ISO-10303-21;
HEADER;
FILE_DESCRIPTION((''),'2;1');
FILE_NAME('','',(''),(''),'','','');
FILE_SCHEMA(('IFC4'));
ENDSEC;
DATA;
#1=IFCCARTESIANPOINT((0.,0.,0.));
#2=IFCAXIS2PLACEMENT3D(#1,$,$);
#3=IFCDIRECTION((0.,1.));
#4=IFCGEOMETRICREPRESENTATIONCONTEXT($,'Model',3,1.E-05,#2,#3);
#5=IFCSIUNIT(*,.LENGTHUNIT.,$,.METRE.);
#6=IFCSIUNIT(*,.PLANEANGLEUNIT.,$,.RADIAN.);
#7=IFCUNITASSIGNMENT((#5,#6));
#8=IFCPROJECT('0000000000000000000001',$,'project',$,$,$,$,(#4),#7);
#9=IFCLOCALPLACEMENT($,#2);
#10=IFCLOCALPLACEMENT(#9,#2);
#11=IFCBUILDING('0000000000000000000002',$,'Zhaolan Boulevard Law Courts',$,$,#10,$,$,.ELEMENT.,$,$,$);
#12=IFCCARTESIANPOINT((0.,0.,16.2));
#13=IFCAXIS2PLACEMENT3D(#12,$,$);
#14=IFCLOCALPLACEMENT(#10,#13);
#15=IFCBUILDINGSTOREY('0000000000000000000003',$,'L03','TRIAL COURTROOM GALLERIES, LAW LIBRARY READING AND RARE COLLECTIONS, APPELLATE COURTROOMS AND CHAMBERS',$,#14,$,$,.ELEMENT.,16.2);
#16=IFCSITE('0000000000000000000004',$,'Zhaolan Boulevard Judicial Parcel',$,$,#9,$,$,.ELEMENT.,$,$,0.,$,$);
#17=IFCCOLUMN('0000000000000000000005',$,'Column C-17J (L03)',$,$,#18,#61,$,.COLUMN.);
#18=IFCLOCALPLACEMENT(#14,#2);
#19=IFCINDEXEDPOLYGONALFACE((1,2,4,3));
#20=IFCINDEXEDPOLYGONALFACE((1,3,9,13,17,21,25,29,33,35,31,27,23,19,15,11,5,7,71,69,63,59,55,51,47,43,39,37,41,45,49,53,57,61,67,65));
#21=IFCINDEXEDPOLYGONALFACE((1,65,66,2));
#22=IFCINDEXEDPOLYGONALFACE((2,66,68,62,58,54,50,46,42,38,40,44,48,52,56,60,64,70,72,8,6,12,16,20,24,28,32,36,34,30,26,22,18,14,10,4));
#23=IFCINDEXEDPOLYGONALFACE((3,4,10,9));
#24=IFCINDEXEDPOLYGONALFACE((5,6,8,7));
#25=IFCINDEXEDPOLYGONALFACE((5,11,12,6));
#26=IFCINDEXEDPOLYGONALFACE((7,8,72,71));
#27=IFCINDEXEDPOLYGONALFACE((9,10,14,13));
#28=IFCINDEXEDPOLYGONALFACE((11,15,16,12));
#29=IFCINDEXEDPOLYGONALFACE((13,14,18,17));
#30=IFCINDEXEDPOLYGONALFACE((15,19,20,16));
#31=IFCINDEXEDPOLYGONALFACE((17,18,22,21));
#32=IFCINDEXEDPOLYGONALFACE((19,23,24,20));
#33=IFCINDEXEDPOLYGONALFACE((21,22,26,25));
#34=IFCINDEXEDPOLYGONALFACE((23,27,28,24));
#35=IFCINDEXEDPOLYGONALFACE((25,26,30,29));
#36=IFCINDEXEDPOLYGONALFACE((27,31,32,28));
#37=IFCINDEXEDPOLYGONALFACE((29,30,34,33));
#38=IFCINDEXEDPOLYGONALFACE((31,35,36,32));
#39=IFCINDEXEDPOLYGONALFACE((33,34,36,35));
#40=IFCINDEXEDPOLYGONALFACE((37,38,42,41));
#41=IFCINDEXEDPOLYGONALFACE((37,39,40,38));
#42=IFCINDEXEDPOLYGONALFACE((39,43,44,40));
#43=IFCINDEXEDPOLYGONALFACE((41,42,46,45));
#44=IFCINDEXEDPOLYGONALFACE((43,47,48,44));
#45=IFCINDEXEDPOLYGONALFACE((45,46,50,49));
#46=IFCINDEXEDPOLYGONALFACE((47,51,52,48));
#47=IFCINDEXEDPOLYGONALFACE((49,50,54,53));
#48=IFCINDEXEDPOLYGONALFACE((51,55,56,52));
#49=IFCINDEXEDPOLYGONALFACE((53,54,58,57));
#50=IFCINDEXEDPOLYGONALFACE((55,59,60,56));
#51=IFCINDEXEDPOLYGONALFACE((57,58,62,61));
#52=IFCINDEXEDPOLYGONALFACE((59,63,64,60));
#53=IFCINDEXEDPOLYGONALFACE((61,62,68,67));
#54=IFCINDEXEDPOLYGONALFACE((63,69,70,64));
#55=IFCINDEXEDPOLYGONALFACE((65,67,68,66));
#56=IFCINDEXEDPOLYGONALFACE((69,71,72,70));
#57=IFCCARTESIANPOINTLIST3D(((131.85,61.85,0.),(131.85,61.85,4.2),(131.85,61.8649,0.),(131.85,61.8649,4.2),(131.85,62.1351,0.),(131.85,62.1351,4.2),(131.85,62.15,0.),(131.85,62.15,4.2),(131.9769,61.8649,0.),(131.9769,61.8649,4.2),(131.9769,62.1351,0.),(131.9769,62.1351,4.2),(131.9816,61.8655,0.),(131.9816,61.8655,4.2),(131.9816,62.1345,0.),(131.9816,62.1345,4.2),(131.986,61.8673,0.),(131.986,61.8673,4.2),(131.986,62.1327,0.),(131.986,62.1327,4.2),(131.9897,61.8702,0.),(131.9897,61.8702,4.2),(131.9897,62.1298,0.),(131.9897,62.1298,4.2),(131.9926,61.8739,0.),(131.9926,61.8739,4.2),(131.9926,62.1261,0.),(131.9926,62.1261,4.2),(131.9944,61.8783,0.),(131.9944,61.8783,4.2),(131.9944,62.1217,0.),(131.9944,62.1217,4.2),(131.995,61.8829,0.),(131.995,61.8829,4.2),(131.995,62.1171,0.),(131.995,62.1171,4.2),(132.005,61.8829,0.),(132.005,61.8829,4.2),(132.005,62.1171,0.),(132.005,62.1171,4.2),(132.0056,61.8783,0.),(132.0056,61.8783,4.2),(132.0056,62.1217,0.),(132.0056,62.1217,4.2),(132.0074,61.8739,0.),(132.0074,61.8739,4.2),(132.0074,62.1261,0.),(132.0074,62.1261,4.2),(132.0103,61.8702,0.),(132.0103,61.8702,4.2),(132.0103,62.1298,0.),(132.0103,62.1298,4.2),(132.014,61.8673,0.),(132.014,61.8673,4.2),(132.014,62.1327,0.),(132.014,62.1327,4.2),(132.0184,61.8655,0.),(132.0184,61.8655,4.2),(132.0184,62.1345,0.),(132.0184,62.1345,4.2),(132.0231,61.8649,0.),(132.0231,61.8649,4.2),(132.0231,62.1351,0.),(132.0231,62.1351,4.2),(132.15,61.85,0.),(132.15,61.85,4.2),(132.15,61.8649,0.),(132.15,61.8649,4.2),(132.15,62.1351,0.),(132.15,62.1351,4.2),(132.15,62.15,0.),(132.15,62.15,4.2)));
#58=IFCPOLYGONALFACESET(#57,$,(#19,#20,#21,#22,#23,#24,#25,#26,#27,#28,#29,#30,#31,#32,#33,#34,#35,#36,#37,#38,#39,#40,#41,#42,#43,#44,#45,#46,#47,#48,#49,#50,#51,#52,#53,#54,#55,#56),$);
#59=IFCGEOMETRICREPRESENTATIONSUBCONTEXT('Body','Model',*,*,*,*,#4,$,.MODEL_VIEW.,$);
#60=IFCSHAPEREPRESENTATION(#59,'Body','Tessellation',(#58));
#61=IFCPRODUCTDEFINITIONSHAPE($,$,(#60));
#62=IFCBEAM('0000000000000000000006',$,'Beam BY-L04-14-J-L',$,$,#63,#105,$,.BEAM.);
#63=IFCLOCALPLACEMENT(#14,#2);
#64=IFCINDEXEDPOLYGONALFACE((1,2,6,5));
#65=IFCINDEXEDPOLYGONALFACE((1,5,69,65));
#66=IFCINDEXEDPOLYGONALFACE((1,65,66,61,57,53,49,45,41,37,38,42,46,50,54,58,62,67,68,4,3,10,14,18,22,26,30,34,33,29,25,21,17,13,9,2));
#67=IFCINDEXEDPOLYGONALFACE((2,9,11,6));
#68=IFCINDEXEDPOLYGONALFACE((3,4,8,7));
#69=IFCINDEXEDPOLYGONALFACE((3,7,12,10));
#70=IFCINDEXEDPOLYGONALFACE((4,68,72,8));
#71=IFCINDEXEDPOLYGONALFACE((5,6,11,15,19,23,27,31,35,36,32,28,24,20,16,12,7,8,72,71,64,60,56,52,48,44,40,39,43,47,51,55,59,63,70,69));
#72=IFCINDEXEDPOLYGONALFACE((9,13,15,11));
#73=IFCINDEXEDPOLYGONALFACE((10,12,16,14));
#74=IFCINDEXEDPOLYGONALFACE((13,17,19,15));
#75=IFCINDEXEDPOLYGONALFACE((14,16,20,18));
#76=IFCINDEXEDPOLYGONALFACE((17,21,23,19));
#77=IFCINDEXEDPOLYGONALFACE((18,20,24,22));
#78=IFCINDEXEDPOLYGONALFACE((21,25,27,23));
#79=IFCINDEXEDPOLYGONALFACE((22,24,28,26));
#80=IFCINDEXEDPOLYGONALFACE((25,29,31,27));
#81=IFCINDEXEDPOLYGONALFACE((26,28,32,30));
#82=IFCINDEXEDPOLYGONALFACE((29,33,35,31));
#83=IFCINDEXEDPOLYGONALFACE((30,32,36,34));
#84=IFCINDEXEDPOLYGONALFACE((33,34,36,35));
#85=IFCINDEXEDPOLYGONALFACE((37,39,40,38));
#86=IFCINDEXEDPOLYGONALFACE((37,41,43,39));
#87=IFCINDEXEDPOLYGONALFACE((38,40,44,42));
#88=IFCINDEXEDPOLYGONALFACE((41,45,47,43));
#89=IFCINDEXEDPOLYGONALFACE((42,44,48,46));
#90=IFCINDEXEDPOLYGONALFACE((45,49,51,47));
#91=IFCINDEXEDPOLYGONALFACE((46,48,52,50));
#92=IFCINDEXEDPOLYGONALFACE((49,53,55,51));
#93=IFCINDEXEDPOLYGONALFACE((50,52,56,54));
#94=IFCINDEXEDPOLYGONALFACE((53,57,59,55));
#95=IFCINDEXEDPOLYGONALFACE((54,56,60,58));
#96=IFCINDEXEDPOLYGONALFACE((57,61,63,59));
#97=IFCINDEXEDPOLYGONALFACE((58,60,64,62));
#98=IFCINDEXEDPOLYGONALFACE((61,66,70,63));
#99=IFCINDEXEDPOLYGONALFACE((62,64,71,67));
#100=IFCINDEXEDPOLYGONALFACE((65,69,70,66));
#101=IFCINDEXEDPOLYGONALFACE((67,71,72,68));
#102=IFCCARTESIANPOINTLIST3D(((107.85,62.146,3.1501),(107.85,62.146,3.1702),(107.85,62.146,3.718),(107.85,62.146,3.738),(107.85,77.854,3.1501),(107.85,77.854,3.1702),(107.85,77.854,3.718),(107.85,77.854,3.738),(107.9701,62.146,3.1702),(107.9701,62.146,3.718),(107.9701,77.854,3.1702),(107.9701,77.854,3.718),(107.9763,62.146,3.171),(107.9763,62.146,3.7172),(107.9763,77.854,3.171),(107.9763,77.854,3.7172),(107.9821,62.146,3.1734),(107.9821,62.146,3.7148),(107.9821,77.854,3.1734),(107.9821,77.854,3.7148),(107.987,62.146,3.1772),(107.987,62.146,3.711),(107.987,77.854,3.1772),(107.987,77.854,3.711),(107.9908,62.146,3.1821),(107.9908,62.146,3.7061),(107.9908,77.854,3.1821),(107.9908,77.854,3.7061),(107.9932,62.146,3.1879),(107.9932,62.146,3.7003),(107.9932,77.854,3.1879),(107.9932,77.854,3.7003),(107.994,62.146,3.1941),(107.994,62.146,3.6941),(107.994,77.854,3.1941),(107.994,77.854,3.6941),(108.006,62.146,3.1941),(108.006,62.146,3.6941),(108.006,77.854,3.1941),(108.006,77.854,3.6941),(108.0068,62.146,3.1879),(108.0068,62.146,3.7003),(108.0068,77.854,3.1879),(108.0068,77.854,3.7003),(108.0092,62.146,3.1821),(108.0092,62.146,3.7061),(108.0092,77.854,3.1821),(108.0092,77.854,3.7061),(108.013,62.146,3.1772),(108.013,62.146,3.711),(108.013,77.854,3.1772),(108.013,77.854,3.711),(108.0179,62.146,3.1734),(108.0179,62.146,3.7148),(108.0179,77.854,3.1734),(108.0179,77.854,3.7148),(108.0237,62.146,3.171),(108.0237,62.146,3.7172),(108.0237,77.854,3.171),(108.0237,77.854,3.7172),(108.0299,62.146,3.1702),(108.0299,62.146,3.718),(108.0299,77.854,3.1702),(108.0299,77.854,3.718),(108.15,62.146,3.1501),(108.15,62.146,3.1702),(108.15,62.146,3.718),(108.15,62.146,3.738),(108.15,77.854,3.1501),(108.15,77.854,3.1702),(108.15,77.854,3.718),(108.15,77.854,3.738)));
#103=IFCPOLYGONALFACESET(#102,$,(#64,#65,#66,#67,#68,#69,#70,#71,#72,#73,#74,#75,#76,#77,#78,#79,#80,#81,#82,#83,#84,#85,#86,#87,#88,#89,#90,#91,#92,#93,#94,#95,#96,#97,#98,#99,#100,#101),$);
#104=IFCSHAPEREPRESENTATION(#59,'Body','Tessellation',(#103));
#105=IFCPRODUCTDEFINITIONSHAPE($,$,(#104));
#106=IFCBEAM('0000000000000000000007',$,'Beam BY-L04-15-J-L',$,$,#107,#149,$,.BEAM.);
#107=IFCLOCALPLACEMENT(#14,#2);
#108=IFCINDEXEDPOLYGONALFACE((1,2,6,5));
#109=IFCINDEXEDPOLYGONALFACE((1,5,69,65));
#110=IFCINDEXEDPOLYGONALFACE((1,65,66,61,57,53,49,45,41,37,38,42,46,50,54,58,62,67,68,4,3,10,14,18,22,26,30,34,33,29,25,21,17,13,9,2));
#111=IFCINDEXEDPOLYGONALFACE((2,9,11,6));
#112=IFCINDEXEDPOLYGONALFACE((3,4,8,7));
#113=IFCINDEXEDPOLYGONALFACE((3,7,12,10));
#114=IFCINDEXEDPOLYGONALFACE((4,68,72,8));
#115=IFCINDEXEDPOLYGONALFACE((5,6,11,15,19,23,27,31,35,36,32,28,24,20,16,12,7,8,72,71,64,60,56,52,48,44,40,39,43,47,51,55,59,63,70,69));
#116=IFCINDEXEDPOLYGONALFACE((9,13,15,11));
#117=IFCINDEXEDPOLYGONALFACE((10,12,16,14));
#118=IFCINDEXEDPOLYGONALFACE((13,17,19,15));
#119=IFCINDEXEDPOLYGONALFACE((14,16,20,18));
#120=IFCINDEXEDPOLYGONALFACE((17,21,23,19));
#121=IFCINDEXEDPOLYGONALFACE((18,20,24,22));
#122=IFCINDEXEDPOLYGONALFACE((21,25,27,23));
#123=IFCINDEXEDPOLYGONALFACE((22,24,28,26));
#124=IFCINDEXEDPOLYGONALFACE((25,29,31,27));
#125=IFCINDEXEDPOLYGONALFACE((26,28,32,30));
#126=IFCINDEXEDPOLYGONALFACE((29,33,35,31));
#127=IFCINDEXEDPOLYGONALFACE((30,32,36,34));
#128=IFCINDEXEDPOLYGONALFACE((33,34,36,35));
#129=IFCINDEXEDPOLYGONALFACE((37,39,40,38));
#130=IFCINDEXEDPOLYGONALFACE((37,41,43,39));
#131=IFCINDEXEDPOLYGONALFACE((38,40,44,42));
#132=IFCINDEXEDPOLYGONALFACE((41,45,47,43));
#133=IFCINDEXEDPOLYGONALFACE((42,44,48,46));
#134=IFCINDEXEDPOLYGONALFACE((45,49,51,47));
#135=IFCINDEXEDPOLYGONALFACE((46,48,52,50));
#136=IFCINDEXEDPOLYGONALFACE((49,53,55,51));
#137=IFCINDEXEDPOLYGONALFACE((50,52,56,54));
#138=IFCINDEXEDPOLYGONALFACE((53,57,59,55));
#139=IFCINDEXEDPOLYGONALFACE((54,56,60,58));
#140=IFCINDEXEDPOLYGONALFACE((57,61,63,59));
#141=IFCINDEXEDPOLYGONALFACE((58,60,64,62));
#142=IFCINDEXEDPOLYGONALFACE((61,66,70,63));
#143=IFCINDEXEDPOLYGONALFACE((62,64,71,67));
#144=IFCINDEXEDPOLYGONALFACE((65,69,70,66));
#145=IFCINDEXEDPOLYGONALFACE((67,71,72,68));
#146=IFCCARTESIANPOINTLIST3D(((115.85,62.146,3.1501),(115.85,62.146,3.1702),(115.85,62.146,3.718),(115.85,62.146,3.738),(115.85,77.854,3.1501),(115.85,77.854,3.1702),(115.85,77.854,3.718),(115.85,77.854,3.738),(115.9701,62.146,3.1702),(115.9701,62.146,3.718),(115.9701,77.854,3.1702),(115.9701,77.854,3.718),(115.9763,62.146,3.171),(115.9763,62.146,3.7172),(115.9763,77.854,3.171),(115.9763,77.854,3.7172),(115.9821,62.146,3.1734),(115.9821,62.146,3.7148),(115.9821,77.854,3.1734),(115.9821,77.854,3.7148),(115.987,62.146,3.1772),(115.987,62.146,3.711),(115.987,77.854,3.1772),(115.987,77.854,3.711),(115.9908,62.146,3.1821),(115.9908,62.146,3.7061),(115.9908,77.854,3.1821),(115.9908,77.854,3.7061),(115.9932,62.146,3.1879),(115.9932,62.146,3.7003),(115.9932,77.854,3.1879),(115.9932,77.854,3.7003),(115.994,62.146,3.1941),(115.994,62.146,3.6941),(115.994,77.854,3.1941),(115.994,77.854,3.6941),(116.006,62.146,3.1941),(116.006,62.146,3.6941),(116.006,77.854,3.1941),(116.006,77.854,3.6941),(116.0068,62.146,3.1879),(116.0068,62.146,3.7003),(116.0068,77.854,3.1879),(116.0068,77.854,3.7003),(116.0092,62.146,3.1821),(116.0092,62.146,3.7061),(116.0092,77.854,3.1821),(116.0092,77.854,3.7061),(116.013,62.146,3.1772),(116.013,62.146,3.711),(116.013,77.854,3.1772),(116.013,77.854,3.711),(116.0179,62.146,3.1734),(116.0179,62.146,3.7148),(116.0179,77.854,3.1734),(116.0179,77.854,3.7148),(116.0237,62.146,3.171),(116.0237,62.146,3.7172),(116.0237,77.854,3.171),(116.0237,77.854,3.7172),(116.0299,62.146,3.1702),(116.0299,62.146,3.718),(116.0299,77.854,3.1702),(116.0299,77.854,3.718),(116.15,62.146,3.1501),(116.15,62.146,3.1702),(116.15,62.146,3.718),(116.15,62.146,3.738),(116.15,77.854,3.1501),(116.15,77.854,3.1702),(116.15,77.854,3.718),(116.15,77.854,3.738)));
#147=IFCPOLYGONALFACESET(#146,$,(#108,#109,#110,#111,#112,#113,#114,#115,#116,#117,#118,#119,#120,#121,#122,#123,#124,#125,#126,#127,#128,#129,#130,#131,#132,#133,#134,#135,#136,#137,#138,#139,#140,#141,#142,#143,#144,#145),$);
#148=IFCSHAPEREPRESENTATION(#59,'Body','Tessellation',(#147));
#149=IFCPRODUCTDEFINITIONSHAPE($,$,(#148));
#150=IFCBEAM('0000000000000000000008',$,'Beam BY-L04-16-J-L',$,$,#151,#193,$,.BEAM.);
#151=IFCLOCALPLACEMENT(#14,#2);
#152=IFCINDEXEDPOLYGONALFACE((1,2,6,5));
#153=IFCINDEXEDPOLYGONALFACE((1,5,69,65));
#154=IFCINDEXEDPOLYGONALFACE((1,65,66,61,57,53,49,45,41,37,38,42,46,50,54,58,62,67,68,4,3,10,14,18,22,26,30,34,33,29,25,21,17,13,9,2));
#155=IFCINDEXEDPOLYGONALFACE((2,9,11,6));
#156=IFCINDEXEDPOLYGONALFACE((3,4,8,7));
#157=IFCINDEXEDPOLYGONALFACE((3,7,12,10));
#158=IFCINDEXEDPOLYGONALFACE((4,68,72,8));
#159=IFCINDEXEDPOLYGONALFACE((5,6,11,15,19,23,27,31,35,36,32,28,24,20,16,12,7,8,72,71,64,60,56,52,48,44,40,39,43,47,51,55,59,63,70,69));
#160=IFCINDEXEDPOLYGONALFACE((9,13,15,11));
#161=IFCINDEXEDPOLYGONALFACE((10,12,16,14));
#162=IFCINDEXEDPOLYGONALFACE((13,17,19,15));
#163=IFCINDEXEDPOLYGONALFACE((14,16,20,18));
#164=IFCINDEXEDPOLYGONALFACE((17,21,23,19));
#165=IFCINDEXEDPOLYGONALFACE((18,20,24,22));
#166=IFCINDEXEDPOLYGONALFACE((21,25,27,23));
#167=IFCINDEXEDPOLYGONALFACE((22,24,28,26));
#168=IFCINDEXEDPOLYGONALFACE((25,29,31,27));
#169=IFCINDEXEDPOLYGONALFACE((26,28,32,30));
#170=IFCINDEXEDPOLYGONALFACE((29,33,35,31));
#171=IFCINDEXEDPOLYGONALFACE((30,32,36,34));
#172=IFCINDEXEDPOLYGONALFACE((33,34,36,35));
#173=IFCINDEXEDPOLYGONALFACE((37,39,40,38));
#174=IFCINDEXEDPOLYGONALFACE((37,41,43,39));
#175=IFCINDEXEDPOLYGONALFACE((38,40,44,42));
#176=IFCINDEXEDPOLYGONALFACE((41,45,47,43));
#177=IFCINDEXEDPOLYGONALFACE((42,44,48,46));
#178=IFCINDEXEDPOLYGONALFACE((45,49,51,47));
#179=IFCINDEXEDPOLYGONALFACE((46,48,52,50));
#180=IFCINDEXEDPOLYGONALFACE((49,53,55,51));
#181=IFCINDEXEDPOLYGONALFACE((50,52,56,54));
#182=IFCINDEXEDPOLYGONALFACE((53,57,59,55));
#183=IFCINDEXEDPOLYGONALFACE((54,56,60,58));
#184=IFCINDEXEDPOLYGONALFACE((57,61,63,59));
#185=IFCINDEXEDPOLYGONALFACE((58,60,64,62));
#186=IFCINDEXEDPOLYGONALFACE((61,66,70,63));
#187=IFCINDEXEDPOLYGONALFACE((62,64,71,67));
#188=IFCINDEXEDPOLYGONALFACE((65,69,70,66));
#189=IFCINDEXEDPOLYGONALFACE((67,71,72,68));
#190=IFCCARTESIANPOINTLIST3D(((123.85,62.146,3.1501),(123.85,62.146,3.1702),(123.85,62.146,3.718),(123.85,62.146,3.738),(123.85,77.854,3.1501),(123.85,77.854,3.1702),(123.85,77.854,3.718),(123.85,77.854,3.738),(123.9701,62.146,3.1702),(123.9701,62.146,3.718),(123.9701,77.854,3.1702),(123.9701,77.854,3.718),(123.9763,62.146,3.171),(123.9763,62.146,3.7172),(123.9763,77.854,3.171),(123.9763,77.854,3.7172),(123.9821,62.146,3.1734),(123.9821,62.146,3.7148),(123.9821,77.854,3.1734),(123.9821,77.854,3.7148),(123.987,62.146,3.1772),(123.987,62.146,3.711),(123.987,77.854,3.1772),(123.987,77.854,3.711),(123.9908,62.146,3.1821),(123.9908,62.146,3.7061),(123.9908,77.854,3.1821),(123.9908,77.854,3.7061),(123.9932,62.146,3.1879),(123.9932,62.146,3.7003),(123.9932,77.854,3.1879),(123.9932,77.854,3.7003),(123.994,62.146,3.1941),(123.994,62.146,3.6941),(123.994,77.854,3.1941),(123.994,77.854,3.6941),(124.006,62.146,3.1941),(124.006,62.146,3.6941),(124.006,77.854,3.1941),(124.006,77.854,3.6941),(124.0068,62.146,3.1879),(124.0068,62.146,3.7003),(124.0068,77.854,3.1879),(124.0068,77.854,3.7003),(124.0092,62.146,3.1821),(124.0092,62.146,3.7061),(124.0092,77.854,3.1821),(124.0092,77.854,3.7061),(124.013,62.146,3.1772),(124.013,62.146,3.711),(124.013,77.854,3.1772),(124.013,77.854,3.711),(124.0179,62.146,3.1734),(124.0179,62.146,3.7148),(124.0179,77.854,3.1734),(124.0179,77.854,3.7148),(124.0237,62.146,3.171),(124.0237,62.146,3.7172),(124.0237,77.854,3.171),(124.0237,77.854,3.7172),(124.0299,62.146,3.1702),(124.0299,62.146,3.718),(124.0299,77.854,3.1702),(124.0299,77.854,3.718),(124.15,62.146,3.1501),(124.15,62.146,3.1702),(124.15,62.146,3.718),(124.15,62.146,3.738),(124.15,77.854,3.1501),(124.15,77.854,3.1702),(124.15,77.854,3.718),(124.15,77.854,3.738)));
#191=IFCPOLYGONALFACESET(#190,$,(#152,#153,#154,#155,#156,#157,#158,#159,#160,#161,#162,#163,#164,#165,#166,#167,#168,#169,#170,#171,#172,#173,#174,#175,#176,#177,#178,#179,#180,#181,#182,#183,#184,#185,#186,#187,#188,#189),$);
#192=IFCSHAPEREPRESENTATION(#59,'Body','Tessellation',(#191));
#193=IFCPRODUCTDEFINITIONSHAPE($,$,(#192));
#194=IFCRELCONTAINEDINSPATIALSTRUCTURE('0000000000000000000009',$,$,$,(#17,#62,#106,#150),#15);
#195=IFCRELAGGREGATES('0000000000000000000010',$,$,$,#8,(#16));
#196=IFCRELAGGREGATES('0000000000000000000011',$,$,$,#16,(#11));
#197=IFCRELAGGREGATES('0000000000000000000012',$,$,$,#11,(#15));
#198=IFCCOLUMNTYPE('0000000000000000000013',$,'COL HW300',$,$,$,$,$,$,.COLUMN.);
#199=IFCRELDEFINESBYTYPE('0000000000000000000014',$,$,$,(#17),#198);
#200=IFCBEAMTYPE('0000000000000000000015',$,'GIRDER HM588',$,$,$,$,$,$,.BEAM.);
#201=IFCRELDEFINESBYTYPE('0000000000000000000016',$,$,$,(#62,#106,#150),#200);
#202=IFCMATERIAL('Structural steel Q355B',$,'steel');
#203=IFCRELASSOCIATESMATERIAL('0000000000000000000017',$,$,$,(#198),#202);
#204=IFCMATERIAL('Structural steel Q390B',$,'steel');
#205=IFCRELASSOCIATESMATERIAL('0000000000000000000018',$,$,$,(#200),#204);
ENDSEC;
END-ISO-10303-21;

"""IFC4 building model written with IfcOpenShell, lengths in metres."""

from ifc_helpers import new_model, si_unit, direction, frame, origin, origin_2d, place, context, subcontext, project, spatial, i_section, extrude, material, material_profile, profile_set, type_object, element, save


model = new_model("IFC4")

# Units and contexts
model_context = context("Model", 3, precision=1e-05, world=origin(), true_north=direction((0.0, 1.0)))
body_context = subcontext(model_context, "Body", "Model", "MODEL_VIEW")
ifc_project = project(units=[si_unit("LENGTHUNIT", "METRE"), si_unit("PLANEANGLEUNIT", "RADIAN")], contexts=[model_context])

# Site, building, storey
site_placement = place(None, origin())
site = spatial("IfcSite", under=ifc_project, at=site_placement, Name="Zhaolan Boulevard Judicial Parcel", CompositionType="ELEMENT", RefElevation=0.0)
building_placement = place(site_placement, origin())
building = spatial("IfcBuilding", under=site, at=building_placement, Name="Zhaolan Boulevard Law Courts", CompositionType="ELEMENT")
storey_placement = place(building_placement, frame((0.0, 0.0, 16.2)))
storey = spatial("IfcBuildingStorey", under=building, at=storey_placement, Name="L03", Description="TRIAL COURTROOM GALLERIES, LAW LIBRARY READING AND RARE COLLECTIONS, APPELLATE COURTROOMS AND CHAMBERS", CompositionType="ELEMENT", Elevation=16.2)

# Column
ifc_material_1 = material(Name="Structural steel Q355B", Category="steel")
ifc_material_profile_1 = material_profile(ifc_material_1, i_section(OverallWidth=0.3, OverallDepth=0.3, WebThickness=0.01, FlangeThickness=0.0149, FilletRadius=0.0181, at=origin_2d()), Name="HW300x300")
ifc_profile_set_1 = profile_set([ifc_material_profile_1], Name="Structural steel Q355B")
column_type = type_object("IfcColumnType", Name="COL HW300", PredefinedType="COLUMN", material=ifc_profile_set_1)
column_placement = place(storey_placement, frame((132.0, 62.0, 0.0), z_axis=(0.0, 0.0, 1.0), x_axis=(1.0, 0.0, 0.0)))
element("IfcColumn", 1, at=column_placement, inside=storey, type_object=column_type, Name="Column C-17J (L03)", PredefinedType="COLUMN", context=body_context, shape_type="SweptSolid", body=[
    extrude(i_section(OverallWidth=0.3, OverallDepth=0.3, WebThickness=0.01, FlangeThickness=0.0149, FilletRadius=0.0181, at=origin_2d()), origin(), (0.0, 0.0, 1.0), 4.2),
])

# Beams
ifc_material_2 = material(Name="Structural steel Q390B", Category="steel")
ifc_material_profile_2 = material_profile(ifc_material_2, i_section(OverallWidth=0.3, OverallDepth=0.5879, WebThickness=0.012, FlangeThickness=0.02, FilletRadius=0.0239, at=origin_2d()), Name="HM588x300")
ifc_profile_set_2 = profile_set([ifc_material_profile_2], Name="Structural steel Q390B")
beam_type_1 = type_object("IfcBeamType", Name="GIRDER HM588", PredefinedType="BEAM", material=ifc_profile_set_2)
for number, where, z_axis, x_axis, name in (
    (2, (108.0, 62.146, 3.4441), (0.0, 1.0, 0.0), (-1.0, 0.0, 0.0), "Beam BY-L04-14-J-L"),
    (3, (116.0, 62.146, 3.4441), (0.0, 1.0, 0.0), (-1.0, 0.0, 0.0), "Beam BY-L04-15-J-L"),
    (4, (124.0, 62.146, 3.4441), (0.0, 1.0, 0.0), (-1.0, 0.0, 0.0), "Beam BY-L04-16-J-L"),
):
    element("IfcBeam", number, at=place(storey_placement, frame(where, z_axis=z_axis, x_axis=x_axis)), inside=storey, type_object=beam_type_1, Name=name, PredefinedType="BEAM", context=body_context, shape_type="SweptSolid", body=[
        extrude(i_section(OverallWidth=0.3, OverallDepth=0.5879, WebThickness=0.012, FlangeThickness=0.02, FilletRadius=0.0239, at=origin_2d()), origin(), (0.0, 0.0, 1.0), 15.708),
    ])

save(model, "model.ifc")
